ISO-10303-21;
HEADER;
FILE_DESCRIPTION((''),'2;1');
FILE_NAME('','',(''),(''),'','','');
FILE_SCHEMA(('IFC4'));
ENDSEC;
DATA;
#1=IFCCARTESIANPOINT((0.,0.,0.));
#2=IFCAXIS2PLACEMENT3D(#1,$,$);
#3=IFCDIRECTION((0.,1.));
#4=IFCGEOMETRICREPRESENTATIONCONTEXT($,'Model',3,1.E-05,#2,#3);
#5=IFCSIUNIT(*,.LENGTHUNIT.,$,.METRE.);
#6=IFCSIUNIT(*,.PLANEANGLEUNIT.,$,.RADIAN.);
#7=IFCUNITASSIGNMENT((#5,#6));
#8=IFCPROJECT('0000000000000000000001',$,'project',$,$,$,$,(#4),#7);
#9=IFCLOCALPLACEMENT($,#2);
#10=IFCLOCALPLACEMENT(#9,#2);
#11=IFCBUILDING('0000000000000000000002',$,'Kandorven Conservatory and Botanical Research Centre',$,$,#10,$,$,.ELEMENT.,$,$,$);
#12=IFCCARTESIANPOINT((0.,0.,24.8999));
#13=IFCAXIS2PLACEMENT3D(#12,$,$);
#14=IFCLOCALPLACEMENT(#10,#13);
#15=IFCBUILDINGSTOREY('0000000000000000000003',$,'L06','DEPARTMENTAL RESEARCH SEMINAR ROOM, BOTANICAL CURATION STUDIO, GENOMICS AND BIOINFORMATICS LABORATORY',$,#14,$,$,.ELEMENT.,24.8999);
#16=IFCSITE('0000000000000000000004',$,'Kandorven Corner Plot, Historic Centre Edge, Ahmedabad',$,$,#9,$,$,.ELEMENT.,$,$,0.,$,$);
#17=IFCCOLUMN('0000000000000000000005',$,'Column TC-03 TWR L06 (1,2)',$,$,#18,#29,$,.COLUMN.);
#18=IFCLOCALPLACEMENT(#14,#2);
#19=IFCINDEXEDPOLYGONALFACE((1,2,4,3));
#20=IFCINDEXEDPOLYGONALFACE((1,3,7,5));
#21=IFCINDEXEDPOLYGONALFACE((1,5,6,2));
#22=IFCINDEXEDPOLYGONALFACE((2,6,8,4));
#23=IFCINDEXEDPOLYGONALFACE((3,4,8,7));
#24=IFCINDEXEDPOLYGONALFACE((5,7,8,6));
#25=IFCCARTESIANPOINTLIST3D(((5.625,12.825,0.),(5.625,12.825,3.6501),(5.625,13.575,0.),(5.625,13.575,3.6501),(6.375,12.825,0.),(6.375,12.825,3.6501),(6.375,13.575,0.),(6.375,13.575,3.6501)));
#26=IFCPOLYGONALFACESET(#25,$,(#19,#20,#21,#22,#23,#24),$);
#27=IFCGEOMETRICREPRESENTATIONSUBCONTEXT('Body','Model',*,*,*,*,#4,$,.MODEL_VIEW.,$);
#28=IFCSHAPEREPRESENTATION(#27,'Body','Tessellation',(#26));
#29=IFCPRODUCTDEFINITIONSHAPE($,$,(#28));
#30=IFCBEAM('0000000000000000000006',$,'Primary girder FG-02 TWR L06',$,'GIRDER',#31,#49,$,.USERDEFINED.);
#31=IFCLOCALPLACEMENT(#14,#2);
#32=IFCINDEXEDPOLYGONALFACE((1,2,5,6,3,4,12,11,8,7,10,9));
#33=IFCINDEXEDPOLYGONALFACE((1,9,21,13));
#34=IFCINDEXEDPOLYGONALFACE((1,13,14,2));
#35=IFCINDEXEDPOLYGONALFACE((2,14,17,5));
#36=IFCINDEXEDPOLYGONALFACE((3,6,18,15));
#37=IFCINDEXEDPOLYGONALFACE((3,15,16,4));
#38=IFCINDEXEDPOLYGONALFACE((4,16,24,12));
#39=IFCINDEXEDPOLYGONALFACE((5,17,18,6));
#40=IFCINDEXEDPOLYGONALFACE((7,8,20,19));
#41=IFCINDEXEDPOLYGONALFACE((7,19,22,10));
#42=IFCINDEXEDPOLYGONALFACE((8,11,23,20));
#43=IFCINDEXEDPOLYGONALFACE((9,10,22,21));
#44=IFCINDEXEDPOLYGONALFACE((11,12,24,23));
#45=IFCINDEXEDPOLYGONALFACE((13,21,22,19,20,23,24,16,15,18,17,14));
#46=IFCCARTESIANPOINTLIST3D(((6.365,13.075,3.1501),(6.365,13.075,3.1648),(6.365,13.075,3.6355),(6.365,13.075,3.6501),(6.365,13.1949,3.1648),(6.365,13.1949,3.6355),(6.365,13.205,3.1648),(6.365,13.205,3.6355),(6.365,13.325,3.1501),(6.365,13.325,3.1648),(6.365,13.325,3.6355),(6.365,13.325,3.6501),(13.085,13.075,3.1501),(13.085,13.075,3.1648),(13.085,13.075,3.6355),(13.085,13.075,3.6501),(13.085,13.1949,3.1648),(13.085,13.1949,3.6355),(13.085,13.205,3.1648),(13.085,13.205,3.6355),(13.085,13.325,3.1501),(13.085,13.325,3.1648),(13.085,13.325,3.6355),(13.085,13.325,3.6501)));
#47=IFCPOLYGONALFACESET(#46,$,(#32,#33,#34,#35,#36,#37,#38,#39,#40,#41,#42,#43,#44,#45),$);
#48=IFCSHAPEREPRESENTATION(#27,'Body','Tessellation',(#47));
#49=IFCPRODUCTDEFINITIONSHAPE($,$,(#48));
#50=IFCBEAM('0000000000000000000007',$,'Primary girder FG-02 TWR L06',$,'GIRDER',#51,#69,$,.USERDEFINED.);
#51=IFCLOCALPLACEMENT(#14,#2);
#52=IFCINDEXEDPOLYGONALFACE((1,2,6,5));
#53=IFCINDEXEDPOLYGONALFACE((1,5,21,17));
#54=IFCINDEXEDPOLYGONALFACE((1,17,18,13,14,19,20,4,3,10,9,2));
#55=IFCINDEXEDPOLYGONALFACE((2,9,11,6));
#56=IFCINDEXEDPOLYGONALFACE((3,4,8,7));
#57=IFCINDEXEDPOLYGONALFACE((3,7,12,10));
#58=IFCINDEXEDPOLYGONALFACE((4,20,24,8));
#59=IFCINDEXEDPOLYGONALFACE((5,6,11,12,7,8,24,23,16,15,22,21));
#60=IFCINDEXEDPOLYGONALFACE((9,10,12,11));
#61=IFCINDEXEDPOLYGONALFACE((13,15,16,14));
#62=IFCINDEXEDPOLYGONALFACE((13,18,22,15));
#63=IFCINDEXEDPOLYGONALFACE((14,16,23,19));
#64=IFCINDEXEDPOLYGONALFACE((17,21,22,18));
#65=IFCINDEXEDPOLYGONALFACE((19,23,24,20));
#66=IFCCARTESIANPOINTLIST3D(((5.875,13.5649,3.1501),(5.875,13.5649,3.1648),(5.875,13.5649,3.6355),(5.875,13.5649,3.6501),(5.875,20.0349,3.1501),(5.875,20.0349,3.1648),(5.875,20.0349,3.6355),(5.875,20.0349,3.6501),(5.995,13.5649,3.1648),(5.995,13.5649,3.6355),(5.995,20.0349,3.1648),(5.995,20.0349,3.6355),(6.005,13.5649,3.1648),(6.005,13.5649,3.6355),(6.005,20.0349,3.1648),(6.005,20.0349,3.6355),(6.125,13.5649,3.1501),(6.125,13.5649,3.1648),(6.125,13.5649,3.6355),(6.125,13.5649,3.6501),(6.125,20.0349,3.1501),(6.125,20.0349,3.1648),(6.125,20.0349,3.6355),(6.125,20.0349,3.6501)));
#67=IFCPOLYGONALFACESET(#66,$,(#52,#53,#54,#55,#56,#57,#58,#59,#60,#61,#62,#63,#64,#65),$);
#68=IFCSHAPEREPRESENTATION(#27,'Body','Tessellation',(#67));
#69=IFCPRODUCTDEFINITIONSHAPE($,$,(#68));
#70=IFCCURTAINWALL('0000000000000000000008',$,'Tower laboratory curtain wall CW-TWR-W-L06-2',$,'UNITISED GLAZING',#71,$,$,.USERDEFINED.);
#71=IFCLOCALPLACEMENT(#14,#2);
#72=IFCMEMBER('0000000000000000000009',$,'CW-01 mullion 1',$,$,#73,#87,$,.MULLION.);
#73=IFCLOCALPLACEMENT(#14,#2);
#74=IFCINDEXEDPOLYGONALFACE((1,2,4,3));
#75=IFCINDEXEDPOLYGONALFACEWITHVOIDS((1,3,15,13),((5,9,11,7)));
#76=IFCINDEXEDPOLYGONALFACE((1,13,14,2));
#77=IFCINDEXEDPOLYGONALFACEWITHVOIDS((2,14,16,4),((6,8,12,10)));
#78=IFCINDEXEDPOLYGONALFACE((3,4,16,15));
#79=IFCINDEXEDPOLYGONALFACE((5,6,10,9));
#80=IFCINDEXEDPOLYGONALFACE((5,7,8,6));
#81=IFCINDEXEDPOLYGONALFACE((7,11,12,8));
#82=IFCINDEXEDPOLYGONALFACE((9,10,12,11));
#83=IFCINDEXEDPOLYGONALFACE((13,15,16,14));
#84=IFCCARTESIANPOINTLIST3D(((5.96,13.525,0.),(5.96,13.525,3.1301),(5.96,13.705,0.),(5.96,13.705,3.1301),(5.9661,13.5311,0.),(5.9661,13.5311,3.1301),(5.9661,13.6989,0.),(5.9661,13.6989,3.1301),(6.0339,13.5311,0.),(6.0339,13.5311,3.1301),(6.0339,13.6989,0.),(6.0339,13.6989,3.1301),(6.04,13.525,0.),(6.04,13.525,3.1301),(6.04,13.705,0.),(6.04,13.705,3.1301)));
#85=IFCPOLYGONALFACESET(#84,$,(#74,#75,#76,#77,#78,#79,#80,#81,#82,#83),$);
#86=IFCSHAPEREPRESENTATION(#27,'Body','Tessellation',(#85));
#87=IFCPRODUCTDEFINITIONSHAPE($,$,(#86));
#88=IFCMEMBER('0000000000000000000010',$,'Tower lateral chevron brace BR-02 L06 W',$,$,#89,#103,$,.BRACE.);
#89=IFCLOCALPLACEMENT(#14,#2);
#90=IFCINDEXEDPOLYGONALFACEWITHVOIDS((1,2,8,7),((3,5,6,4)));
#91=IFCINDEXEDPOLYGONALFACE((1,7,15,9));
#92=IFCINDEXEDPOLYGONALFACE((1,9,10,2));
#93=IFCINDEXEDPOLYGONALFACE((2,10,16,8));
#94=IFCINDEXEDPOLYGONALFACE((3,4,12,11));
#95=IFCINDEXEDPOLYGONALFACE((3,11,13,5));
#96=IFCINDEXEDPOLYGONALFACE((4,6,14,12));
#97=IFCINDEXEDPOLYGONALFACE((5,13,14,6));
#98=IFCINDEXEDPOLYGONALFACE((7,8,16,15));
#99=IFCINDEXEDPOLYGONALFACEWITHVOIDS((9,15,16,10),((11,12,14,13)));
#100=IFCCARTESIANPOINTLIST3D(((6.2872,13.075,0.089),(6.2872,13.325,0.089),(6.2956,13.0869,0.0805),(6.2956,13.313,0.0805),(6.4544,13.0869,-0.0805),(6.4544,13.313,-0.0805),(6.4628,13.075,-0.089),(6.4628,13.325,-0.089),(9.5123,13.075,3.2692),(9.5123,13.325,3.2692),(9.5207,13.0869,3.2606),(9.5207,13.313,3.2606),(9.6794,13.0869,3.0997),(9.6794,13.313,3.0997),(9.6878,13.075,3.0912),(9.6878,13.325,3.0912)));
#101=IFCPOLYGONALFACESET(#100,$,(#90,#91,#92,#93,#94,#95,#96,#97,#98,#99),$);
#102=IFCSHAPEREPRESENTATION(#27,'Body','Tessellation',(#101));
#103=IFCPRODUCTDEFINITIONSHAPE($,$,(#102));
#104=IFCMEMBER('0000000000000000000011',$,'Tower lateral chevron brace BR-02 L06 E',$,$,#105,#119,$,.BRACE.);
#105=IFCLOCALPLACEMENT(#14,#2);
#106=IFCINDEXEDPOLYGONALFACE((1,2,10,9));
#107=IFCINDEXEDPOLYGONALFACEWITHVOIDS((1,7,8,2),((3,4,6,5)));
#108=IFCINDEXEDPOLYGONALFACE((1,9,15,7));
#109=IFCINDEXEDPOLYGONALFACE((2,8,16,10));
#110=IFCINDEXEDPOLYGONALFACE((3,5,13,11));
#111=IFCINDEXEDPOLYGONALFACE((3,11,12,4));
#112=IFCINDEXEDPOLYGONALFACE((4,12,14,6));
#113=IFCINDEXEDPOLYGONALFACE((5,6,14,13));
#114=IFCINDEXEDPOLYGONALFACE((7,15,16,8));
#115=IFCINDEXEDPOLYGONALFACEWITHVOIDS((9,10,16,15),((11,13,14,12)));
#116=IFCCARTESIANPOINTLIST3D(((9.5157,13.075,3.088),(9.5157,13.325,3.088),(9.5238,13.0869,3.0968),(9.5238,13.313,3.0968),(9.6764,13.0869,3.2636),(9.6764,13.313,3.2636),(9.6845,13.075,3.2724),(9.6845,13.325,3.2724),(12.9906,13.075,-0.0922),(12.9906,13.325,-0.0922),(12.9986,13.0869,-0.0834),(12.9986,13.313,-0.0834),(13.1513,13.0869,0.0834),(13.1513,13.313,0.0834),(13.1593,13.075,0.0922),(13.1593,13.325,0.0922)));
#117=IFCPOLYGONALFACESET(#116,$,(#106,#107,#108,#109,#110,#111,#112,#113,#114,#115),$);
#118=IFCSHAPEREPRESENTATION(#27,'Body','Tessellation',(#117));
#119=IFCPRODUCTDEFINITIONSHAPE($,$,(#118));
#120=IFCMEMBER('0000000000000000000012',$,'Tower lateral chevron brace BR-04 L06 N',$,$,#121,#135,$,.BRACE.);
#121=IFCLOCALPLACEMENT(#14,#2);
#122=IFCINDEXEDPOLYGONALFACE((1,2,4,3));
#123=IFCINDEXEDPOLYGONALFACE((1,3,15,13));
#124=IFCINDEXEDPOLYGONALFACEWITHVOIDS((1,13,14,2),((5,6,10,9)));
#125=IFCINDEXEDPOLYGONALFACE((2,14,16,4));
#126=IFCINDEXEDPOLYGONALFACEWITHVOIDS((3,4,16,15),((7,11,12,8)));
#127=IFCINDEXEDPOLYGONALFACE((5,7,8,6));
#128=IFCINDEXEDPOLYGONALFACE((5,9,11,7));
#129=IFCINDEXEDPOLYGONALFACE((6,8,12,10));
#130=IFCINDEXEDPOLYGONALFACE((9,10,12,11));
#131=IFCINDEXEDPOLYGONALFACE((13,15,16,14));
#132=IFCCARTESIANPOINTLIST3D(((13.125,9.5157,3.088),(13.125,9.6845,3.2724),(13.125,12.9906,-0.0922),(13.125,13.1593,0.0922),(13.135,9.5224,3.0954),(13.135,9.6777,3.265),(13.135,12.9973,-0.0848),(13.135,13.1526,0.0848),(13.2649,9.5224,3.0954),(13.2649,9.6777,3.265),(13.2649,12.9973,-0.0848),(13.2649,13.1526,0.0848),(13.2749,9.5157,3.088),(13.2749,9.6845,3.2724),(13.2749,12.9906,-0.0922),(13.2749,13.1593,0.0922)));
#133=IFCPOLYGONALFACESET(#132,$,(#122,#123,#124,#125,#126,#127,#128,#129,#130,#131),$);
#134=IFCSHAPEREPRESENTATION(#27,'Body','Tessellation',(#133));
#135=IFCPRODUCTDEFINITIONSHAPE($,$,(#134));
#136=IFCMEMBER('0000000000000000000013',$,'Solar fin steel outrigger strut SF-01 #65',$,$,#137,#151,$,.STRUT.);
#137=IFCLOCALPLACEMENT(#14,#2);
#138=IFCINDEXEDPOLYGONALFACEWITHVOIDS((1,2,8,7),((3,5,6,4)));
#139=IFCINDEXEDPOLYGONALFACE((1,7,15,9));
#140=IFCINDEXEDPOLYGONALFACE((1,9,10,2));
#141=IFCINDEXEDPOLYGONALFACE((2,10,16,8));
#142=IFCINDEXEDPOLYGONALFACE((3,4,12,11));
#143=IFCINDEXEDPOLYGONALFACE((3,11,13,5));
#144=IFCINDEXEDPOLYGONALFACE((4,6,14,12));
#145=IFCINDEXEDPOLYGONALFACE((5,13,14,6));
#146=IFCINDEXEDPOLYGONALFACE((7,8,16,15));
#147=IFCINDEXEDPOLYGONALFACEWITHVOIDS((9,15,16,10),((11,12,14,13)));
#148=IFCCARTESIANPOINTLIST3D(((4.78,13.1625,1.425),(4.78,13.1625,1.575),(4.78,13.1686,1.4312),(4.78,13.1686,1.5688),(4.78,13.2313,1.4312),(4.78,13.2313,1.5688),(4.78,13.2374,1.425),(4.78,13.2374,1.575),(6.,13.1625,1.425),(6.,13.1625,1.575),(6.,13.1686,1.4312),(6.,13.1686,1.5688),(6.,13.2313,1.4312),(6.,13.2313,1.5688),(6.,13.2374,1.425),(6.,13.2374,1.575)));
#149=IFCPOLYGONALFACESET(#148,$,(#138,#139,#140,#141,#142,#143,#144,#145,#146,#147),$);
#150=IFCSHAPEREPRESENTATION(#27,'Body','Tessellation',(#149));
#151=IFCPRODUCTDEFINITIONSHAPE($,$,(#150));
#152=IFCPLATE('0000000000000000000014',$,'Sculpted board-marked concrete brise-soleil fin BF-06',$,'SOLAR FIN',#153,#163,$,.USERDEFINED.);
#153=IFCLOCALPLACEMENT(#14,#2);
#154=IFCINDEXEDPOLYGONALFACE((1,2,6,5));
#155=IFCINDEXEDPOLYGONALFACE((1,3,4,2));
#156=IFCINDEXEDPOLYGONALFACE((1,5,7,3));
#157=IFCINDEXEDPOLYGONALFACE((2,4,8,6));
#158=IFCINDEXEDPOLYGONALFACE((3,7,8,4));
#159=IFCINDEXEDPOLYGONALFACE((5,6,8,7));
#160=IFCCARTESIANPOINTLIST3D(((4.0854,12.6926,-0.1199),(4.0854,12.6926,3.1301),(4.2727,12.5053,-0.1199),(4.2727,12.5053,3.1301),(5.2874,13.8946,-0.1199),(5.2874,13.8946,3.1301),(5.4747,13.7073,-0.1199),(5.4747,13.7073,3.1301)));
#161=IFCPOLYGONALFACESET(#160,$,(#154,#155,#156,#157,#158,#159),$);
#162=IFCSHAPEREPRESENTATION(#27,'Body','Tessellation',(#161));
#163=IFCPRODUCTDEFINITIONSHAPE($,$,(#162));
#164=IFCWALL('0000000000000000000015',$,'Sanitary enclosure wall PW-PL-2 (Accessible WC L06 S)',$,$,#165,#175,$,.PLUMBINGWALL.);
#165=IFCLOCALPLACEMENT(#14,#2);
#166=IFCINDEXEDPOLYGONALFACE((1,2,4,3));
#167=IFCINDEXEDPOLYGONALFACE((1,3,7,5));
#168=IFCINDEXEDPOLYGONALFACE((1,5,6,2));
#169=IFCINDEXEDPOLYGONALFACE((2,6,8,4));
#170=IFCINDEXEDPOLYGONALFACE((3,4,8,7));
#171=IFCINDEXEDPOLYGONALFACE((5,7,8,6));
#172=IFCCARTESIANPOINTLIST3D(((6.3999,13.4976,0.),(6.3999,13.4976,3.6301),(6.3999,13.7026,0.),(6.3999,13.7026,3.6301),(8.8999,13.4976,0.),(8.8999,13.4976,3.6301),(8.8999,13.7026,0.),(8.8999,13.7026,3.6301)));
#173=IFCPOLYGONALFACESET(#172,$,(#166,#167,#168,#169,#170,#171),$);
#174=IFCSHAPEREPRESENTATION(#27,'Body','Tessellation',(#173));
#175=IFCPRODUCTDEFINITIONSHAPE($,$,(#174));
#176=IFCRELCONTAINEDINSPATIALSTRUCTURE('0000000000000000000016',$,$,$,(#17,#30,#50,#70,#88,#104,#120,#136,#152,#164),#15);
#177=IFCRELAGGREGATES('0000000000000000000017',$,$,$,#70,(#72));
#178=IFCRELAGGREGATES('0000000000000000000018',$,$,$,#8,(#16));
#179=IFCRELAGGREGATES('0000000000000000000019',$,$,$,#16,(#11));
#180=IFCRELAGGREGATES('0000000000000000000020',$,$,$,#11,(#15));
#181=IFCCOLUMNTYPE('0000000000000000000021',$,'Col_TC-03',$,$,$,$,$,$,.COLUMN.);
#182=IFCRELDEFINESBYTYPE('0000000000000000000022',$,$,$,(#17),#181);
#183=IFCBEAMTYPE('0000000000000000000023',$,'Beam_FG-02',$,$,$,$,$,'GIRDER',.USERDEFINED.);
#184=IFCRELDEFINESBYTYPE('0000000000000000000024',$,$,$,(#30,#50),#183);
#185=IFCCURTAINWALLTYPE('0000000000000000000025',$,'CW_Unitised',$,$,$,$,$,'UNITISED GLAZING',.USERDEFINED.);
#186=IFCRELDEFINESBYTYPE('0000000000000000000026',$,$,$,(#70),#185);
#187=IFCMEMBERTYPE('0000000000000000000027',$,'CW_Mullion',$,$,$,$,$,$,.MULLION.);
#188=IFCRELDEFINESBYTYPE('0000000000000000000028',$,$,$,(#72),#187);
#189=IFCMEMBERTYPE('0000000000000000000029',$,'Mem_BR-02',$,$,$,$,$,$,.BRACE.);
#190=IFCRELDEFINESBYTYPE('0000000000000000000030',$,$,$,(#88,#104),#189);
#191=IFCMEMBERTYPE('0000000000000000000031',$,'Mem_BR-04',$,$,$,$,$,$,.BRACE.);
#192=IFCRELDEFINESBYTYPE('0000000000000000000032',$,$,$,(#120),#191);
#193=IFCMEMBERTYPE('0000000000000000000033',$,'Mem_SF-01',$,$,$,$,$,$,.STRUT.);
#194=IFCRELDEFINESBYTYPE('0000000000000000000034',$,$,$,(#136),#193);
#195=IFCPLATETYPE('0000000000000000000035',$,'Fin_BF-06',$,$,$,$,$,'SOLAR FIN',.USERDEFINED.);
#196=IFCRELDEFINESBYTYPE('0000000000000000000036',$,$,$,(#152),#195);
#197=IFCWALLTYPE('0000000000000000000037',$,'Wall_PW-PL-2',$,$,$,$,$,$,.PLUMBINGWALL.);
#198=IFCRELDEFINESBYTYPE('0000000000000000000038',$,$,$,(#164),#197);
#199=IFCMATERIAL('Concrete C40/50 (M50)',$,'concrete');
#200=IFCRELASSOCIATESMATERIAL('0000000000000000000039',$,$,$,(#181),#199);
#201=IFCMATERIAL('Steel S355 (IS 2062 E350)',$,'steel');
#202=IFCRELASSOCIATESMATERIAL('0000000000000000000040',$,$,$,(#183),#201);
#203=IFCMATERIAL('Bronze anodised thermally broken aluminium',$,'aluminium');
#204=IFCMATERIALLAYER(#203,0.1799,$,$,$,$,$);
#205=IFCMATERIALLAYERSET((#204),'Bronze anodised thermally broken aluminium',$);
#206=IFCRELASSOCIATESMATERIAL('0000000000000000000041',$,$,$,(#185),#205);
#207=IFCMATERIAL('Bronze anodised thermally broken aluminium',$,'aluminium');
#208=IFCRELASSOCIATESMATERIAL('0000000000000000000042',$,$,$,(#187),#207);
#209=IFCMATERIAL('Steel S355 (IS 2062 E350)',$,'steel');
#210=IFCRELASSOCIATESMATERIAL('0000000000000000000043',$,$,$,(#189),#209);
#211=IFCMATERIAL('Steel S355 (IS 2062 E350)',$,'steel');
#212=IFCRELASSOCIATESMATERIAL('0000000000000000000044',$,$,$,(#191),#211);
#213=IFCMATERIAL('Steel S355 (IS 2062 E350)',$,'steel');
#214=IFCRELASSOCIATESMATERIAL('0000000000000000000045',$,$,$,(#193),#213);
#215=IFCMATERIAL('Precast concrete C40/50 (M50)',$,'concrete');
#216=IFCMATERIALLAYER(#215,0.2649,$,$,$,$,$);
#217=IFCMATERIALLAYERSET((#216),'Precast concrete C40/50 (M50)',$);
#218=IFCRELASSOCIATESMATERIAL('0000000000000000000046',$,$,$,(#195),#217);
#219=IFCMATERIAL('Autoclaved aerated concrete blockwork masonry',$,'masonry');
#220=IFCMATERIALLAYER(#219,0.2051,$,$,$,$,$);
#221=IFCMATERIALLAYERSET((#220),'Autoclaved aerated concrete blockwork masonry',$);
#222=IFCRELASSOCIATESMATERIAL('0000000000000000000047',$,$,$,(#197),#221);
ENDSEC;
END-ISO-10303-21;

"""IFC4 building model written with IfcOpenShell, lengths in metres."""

from ifc_helpers import new_model, si_unit, direction, frame, frame_2d, origin, origin_2d, place, context, subcontext, project, spatial, rectangle, hollow_rectangle, i_section, extrude, material, layer, layer_set, material_profile, profile_set, type_object, element, aggregate, save


model = new_model("IFC4")

# Units and contexts
model_context = context("Model", 3, precision=1e-05, world=origin(), true_north=direction((0.0, 1.0)))
body_context = subcontext(model_context, "Body", "Model", "MODEL_VIEW")
ifc_project = project(units=[si_unit("LENGTHUNIT", "METRE"), si_unit("PLANEANGLEUNIT", "RADIAN")], contexts=[model_context])

# Site, building, storey
site_placement = place(None, origin())
site = spatial("IfcSite", under=ifc_project, at=site_placement, Name="Kandorven Corner Plot, Historic Centre Edge, Ahmedabad", CompositionType="ELEMENT", RefElevation=0.0)
building_placement = place(site_placement, origin())
building = spatial("IfcBuilding", under=site, at=building_placement, Name="Kandorven Conservatory and Botanical Research Centre", CompositionType="ELEMENT")
storey_placement = place(building_placement, frame((0.0, 0.0, 24.8999)))
storey = spatial("IfcBuildingStorey", under=building, at=storey_placement, Name="L06", Description="DEPARTMENTAL RESEARCH SEMINAR ROOM, BOTANICAL CURATION STUDIO, GENOMICS AND BIOINFORMATICS LABORATORY", CompositionType="ELEMENT", Elevation=24.8999)

# Column
ifc_material_1 = material(Name="Concrete C40/50 (M50)", Category="concrete")
ifc_material_profile_1 = material_profile(ifc_material_1, rectangle(XDim=0.75, YDim=0.75, at=origin_2d()))
ifc_profile_set_1 = profile_set([ifc_material_profile_1], Name="Concrete C40/50 (M50)")
column_type = type_object("IfcColumnType", Name="Col_TC-03", PredefinedType="COLUMN", material=ifc_profile_set_1)
column_placement = place(storey_placement, frame((6.0, 13.2, 0.0), z_axis=(0.0, 0.0, 1.0), x_axis=(1.0, 0.0, 0.0)))
element("IfcColumn", 1, at=column_placement, inside=storey, type_object=column_type, Name="Column TC-03 TWR L06 (1,2)", PredefinedType="COLUMN", context=body_context, shape_type="SweptSolid", body=[
    extrude(rectangle(XDim=0.75, YDim=0.75, at=origin_2d()), origin(), (0.0, 0.0, 1.0), 3.6501),
])

# Beams
ifc_material_2 = material(Name="Steel S355 (IS 2062 E350)", Category="steel")
ifc_material_profile_2 = material_profile(ifc_material_2, i_section(OverallWidth=0.25, OverallDepth=0.5, WebThickness=0.01, FlangeThickness=0.0146, at=origin_2d()))
ifc_profile_set_2 = profile_set([ifc_material_profile_2], Name="Steel S355 (IS 2062 E350)")
beam_type = type_object("IfcBeamType", Name="Beam_FG-02", ElementType="GIRDER", PredefinedType="USERDEFINED", material=ifc_profile_set_2)
beam_1_placement = place(storey_placement, frame((6.365, 13.2, 3.4001), z_axis=(1.0, 0.0, 0.0), x_axis=(0.0, 1.0, 0.0)))
element("IfcBeam", 2, at=beam_1_placement, inside=storey, type_object=beam_type, Name="Primary girder FG-02 TWR L06", ObjectType="GIRDER", PredefinedType="USERDEFINED", context=body_context, shape_type="SweptSolid", body=[
    extrude(i_section(OverallWidth=0.25, OverallDepth=0.5, WebThickness=0.01, FlangeThickness=0.0146, at=origin_2d()), origin(), (0.0, 0.0, 1.0), 6.72),
])
beam_2_placement = place(storey_placement, frame((6.0, 13.5649, 3.4001), z_axis=(0.0, 1.0, 0.0), x_axis=(-1.0, 0.0, 0.0)))
element("IfcBeam", 3, at=beam_2_placement, inside=storey, type_object=beam_type, Name="Primary girder FG-02 TWR L06", ObjectType="GIRDER", PredefinedType="USERDEFINED", context=body_context, shape_type="SweptSolid", body=[
    extrude(i_section(OverallWidth=0.25, OverallDepth=0.5, WebThickness=0.01, FlangeThickness=0.0146, at=origin_2d()), origin(), (0.0, 0.0, 1.0), 6.47),
])

# Curtain wall, member
ifc_material_3 = material(Name="Bronze anodised thermally broken aluminium", Category="aluminium")
ifc_layer_1 = layer(ifc_material_3, 0.1799)
ifc_layer_set_1 = layer_set([ifc_layer_1], Name="Bronze anodised thermally broken aluminium")
curtain_wall_type = type_object("IfcCurtainWallType", Name="CW_Unitised", ElementType="UNITISED GLAZING", PredefinedType="USERDEFINED", material=ifc_layer_set_1)
curtain_wall_placement = place(storey_placement, origin())
curtain_wall = element("IfcCurtainWall", 4, at=curtain_wall_placement, inside=storey, type_object=curtain_wall_type, Name="Tower laboratory curtain wall CW-TWR-W-L06-2", ObjectType="UNITISED GLAZING", PredefinedType="USERDEFINED")
ifc_material_4 = material(Name="Bronze anodised thermally broken aluminium", Category="aluminium")
ifc_material_profile_3 = material_profile(ifc_material_4, hollow_rectangle(XDim=0.0801, YDim=0.1799, WallThickness=0.0061, at=origin_2d()))
ifc_profile_set_3 = profile_set([ifc_material_profile_3], Name="Bronze anodised thermally broken aluminium")
member_type_1 = type_object("IfcMemberType", Name="CW_Mullion", PredefinedType="MULLION", material=ifc_profile_set_3)
member_1_placement = place(storey_placement, frame((6.0, 13.615, 0.0), z_axis=(0.0, 0.0, 1.0), x_axis=(-1.0, 0.0, 0.0)))
member_1 = element("IfcMember", 5, at=member_1_placement, type_object=member_type_1, Name="CW-01 mullion 1", PredefinedType="MULLION", context=body_context, shape_type="SweptSolid", body=[
    extrude(hollow_rectangle(XDim=0.0801, YDim=0.1799, WallThickness=0.0061, at=origin_2d()), origin(), (0.0, 0.0, 1.0), 3.1301),
])
aggregate(curtain_wall, [member_1])

# Members
ifc_material_5 = material(Name="Steel S355 (IS 2062 E350)", Category="steel")
ifc_material_profile_4 = material_profile(ifc_material_5, hollow_rectangle(XDim=0.25, YDim=0.25, WallThickness=0.012, at=origin_2d()))
ifc_profile_set_4 = profile_set([ifc_material_profile_4], Name="Steel S355 (IS 2062 E350)")
member_type_2 = type_object("IfcMemberType", Name="Mem_BR-02", PredefinedType="BRACE", material=ifc_profile_set_4)
member_2_placement = place(storey_placement, frame((6.375, 13.2, 0.0), z_axis=(0.712048, 0.0, 0.70213), x_axis=(0.0, 1.0, 0.0)))
element("IfcMember", 6, at=member_2_placement, inside=storey, type_object=member_type_2, Name="Tower lateral chevron brace BR-02 L06 W", PredefinedType="BRACE", context=body_context, shape_type="SweptSolid", body=[
    extrude(hollow_rectangle(XDim=0.25, YDim=0.25, WallThickness=0.012, at=origin_2d()), origin(), (0.0, 0.0, 1.0), 4.5293),
])
member_3_placement = place(storey_placement, frame((13.075, 13.2, 0.0), z_axis=(-0.737694, 0.0, 0.675135), x_axis=(0.0, -1.0, 0.0)))
element("IfcMember", 7, at=member_3_placement, inside=storey, type_object=member_type_2, Name="Tower lateral chevron brace BR-02 L06 E", PredefinedType="BRACE", context=body_context, shape_type="SweptSolid", body=[
    extrude(hollow_rectangle(XDim=0.25, YDim=0.25, WallThickness=0.012, at=origin_2d()), origin(), (0.0, 0.0, 1.0), 4.7104),
])
ifc_material_6 = material(Name="Steel S355 (IS 2062 E350)", Category="steel")
ifc_material_profile_5 = material_profile(ifc_material_6, hollow_rectangle(XDim=0.1499, YDim=0.25, WallThickness=0.01, at=origin_2d()))
ifc_profile_set_5 = profile_set([ifc_material_profile_5], Name="Steel S355 (IS 2062 E350)")
member_type_3 = type_object("IfcMemberType", Name="Mem_BR-04", PredefinedType="BRACE", material=ifc_profile_set_5)
member_4_placement = place(storey_placement, frame((13.2, 13.075, 0.0), z_axis=(0.0, -0.737694, 0.675135), x_axis=(1.0, 0.0, 0.0)))
element("IfcMember", 8, at=member_4_placement, inside=storey, type_object=member_type_3, Name="Tower lateral chevron brace BR-04 L06 N", PredefinedType="BRACE", context=body_context, shape_type="SweptSolid", body=[
    extrude(hollow_rectangle(XDim=0.1499, YDim=0.25, WallThickness=0.01, at=origin_2d()), origin(), (0.0, 0.0, 1.0), 4.7104),
])
ifc_material_7 = material(Name="Steel S355 (IS 2062 E350)", Category="steel")
ifc_material_profile_6 = material_profile(ifc_material_7, hollow_rectangle(XDim=0.075, YDim=0.1499, WallThickness=0.0061, at=origin_2d()))
ifc_profile_set_6 = profile_set([ifc_material_profile_6], Name="Steel S355 (IS 2062 E350)")
member_type_4 = type_object("IfcMemberType", Name="Mem_SF-01", PredefinedType="STRUT", material=ifc_profile_set_6)
member_5_placement = place(storey_placement, frame((6.0, 13.2, 1.5), z_axis=(-1.0, 0.0, 0.0), x_axis=(0.0, -1.0, 0.0)))
element("IfcMember", 9, at=member_5_placement, inside=storey, type_object=member_type_4, Name="Solar fin steel outrigger strut SF-01 #65", PredefinedType="STRUT", context=body_context, shape_type="SweptSolid", body=[
    extrude(hollow_rectangle(XDim=0.075, YDim=0.1499, WallThickness=0.0061, at=origin_2d()), origin(), (0.0, 0.0, 1.0), 1.22),
])

# Plate
ifc_material_8 = material(Name="Precast concrete C40/50 (M50)", Category="concrete")
ifc_layer_2 = layer(ifc_material_8, 0.2649)
ifc_layer_set_2 = layer_set([ifc_layer_2], Name="Precast concrete C40/50 (M50)")
plate_type = type_object("IfcPlateType", Name="Fin_BF-06", ElementType="SOLAR FIN", PredefinedType="USERDEFINED", material=ifc_layer_set_2)
plate_placement = place(storey_placement, frame((4.78, 13.2, -0.1199), z_axis=(0.0, 0.0, 1.0), x_axis=(0.707107, 0.707107, 0.0)))
element("IfcPlate", 10, at=plate_placement, inside=storey, type_object=plate_type, Name="Sculpted board-marked concrete brise-soleil fin BF-06", ObjectType="SOLAR FIN", PredefinedType="USERDEFINED", context=body_context, shape_type="SweptSolid", body=[
    extrude(rectangle(XDim=1.7, YDim=0.2649, at=origin_2d()), origin(), (0.0, 0.0, 1.0), 3.25),
])

# Shared definitions
ifc_material_9 = material(Name="Autoclaved aerated concrete blockwork masonry", Category="masonry")
ifc_layer_3 = layer(ifc_material_9, 0.2051)
ifc_layer_set_3 = layer_set([ifc_layer_3], Name="Autoclaved aerated concrete blockwork masonry")
wall_type = type_object("IfcWallType", Name="Wall_PW-PL-2", PredefinedType="PLUMBINGWALL", material=ifc_layer_set_3)

# Wall
wall_1_placement = place(storey_placement, frame((6.3999, 13.6001, 0.0), z_axis=(0.0, 0.0, 1.0), x_axis=(1.0, 0.0, 0.0)))
element("IfcWall", 11, at=wall_1_placement, inside=storey, type_object=wall_type, Name="Sanitary enclosure wall PW-PL-2 (Accessible WC L06 S)", PredefinedType="PLUMBINGWALL", context=body_context, shape_type="SweptSolid", body=[
    extrude(rectangle(XDim=2.5, YDim=0.2051, at=frame_2d((1.25, 0.0))), origin(), (0.0, 0.0, 1.0), 3.6301),
])

save(model, "model.ifc")
